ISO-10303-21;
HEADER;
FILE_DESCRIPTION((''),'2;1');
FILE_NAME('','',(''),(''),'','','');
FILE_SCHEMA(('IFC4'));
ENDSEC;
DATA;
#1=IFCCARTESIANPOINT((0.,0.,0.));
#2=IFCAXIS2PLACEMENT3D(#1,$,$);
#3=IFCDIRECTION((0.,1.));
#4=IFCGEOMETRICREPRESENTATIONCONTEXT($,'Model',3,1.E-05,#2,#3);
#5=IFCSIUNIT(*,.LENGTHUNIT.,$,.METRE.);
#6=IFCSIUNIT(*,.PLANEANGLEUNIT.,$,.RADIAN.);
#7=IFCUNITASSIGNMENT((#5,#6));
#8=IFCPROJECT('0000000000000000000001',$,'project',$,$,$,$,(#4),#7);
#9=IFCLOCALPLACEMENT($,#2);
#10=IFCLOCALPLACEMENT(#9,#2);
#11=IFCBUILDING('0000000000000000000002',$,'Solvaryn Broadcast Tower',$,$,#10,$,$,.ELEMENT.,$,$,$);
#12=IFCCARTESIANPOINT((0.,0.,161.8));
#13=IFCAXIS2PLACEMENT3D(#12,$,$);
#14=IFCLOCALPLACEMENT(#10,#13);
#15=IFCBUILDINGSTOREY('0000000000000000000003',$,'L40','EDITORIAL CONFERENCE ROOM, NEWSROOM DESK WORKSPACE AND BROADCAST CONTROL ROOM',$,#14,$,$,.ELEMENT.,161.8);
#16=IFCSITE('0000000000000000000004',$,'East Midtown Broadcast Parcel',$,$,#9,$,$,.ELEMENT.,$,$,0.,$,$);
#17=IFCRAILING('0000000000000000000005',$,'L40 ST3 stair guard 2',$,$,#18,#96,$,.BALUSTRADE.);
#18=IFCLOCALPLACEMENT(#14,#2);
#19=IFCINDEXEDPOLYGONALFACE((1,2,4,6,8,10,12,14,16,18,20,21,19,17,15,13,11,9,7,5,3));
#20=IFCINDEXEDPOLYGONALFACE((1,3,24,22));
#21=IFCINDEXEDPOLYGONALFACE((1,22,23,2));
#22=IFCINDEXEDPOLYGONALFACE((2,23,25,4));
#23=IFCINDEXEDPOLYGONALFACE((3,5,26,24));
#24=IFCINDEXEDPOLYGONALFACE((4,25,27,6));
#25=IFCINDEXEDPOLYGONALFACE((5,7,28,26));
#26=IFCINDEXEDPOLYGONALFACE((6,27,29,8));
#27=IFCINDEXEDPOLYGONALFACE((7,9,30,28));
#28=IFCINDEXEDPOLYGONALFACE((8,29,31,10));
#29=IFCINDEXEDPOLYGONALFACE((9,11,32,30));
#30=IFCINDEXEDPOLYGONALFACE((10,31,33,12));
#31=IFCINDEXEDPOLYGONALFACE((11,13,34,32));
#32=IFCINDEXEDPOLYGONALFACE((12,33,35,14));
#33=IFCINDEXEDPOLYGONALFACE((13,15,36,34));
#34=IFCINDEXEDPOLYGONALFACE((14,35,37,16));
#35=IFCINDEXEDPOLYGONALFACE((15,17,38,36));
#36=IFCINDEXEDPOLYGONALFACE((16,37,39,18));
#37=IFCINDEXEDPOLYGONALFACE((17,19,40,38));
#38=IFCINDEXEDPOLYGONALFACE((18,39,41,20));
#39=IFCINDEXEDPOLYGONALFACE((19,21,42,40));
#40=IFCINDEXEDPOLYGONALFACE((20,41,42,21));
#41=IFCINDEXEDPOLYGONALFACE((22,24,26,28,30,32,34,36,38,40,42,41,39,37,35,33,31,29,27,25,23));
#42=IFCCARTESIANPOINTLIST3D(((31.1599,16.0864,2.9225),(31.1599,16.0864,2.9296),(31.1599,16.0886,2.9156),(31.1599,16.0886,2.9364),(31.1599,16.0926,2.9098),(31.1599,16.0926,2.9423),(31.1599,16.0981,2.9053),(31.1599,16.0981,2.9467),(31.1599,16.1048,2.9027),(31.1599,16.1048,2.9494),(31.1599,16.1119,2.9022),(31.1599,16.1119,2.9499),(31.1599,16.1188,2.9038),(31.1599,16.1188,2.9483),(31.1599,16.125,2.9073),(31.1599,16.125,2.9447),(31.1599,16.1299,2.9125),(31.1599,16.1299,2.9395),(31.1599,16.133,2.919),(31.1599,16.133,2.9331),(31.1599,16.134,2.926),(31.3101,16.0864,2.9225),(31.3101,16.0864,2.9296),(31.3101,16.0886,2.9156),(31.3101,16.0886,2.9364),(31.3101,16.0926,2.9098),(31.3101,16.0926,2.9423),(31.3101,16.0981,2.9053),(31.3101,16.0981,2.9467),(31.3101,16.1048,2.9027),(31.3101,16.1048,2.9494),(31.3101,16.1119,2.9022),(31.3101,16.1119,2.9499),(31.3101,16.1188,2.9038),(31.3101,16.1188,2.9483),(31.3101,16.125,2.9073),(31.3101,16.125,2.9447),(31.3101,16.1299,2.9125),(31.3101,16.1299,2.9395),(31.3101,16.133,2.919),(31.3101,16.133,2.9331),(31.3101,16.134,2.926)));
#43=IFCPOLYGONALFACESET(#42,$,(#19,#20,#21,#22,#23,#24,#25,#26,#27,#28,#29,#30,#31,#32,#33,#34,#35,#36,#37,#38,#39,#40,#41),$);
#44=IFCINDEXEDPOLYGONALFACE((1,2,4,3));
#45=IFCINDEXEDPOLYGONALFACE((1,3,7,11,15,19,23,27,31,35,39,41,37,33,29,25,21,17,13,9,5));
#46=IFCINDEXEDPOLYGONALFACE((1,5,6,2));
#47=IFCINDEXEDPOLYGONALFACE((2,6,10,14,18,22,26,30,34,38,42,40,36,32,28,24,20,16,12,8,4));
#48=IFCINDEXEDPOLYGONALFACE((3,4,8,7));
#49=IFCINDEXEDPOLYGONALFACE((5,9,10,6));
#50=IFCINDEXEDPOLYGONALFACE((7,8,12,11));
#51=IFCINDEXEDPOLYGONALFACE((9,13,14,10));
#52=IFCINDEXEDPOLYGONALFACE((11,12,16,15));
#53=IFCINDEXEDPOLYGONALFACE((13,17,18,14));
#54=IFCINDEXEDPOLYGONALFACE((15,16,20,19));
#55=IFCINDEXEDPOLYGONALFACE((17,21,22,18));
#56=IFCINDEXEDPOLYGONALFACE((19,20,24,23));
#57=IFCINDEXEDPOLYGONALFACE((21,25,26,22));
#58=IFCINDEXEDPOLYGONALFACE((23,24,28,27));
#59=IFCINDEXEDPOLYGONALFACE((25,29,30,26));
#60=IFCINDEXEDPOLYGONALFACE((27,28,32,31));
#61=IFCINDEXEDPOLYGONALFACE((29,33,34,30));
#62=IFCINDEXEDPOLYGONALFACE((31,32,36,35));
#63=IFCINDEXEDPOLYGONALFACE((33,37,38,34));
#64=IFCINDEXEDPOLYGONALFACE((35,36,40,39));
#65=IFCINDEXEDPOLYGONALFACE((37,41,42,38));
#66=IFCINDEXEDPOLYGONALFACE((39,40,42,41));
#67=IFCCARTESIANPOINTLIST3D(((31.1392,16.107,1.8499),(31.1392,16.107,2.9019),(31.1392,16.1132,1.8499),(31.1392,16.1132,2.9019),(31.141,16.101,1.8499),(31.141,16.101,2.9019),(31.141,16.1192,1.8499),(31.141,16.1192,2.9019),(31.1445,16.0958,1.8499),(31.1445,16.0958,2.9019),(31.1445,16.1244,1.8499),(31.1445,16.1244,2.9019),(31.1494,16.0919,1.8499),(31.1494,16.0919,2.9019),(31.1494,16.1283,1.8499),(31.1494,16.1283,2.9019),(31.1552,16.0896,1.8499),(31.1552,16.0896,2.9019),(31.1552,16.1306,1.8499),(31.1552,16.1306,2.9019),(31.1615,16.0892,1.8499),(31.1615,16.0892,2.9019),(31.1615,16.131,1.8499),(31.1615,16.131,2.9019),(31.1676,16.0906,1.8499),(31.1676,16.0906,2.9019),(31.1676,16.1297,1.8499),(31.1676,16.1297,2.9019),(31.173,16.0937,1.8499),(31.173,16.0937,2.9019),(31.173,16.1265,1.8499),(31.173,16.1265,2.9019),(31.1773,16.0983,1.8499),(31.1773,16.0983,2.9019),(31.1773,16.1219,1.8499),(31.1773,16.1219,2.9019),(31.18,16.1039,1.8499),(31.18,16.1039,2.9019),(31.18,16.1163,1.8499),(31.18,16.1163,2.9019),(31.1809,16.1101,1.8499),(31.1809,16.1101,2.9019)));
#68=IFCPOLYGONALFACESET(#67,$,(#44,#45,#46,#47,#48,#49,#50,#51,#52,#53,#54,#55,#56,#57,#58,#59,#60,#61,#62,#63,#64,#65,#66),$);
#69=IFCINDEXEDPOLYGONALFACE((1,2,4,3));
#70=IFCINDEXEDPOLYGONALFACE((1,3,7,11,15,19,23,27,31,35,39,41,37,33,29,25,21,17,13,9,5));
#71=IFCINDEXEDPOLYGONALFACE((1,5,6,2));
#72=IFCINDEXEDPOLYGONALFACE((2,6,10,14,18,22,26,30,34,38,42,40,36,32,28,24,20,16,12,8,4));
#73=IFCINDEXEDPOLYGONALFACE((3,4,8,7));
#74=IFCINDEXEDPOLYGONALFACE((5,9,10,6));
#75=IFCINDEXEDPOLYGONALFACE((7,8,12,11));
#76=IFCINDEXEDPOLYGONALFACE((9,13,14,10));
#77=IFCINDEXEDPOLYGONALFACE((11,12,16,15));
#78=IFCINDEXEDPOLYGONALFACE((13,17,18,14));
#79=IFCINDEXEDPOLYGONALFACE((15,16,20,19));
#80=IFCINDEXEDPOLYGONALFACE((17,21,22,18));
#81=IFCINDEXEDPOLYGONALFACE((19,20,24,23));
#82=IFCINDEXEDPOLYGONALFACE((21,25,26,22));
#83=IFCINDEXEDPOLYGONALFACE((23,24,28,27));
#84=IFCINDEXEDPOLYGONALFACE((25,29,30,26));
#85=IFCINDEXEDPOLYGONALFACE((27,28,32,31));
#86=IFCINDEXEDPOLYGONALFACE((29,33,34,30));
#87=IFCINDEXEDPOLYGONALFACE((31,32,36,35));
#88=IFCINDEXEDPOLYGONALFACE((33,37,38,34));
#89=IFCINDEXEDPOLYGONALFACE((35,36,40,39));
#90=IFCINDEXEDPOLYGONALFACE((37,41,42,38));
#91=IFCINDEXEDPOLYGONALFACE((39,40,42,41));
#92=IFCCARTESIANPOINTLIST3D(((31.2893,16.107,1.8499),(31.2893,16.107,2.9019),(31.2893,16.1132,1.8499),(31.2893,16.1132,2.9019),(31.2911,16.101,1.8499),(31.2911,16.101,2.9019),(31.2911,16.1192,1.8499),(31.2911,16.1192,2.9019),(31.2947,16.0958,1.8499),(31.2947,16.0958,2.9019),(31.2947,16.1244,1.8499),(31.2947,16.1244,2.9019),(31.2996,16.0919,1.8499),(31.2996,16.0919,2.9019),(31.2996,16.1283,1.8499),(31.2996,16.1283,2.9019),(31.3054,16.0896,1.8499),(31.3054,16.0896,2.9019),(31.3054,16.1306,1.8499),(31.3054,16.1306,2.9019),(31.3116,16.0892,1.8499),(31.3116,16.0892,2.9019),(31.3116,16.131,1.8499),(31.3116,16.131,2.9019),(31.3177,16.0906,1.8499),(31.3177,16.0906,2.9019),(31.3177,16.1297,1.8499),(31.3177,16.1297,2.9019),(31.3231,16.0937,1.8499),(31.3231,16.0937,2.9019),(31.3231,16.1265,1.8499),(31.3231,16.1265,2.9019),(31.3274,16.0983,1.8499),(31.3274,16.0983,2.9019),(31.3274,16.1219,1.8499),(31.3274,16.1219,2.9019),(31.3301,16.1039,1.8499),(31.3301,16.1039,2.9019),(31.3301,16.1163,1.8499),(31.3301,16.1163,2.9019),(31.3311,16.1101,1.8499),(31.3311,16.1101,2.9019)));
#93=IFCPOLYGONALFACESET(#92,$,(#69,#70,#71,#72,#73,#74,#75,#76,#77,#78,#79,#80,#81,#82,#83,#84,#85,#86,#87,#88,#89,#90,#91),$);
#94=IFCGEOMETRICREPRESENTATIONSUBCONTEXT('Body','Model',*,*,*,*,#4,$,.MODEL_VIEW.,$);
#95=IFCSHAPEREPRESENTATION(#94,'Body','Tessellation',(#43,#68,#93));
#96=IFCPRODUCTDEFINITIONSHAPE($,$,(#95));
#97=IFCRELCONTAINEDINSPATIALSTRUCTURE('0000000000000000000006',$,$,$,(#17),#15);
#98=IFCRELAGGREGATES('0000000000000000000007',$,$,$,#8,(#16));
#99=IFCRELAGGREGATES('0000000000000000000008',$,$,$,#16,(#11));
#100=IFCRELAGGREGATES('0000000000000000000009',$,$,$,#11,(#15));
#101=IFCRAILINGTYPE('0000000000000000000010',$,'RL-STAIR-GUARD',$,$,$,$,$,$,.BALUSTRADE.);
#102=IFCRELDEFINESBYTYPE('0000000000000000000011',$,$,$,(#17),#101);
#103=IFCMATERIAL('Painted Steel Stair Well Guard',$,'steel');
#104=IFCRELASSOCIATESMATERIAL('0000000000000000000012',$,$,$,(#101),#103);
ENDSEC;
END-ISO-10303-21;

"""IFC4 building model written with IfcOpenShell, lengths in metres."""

from ifc_helpers import new_model, si_unit, direction, frame, origin, origin_2d, place, context, subcontext, project, spatial, circle, extrude, material, type_object, element, save


model = new_model("IFC4")

# Units and contexts
model_context = context("Model", 3, precision=1e-05, world=origin(), true_north=direction((0.0, 1.0)))
body_context = subcontext(model_context, "Body", "Model", "MODEL_VIEW")
ifc_project = project(units=[si_unit("LENGTHUNIT", "METRE"), si_unit("PLANEANGLEUNIT", "RADIAN")], contexts=[model_context])

# Site, building, storey
site_placement = place(None, origin())
site = spatial("IfcSite", under=ifc_project, at=site_placement, Name="East Midtown Broadcast Parcel", CompositionType="ELEMENT", RefElevation=0.0)
building_placement = place(site_placement, origin())
building = spatial("IfcBuilding", under=site, at=building_placement, Name="Solvaryn Broadcast Tower", CompositionType="ELEMENT")
storey_placement = place(building_placement, frame((0.0, 0.0, 161.8)))
storey = spatial("IfcBuildingStorey", under=building, at=storey_placement, Name="L40", Description="EDITORIAL CONFERENCE ROOM, NEWSROOM DESK WORKSPACE AND BROADCAST CONTROL ROOM", CompositionType="ELEMENT", Elevation=161.8)

# Railing
ifc_material_1 = material(Name="Painted Steel Stair Well Guard", Category="steel")
railing_type_1 = type_object("IfcRailingType", Name="RL-STAIR-GUARD", PredefinedType="BALUSTRADE", material=ifc_material_1)
railing_1_placement = place(storey_placement, frame((31.1599, 16.1101, 1.8499)))
element("IfcRailing", 1, at=railing_1_placement, inside=storey, type_object=railing_type_1, Name="L40 ST3 stair guard 2", PredefinedType="BALUSTRADE", context=body_context, shape_type="SweptSolid", body=[
    extrude(circle(Radius=0.0239, at=origin_2d()), frame((0.0, 0.0, 1.0762), z_axis=(1.0, 0.0, 0.0), x_axis=(0.0, 1.0, 0.0)), (0.0, 0.0, 1.0), 0.1501),
    extrude(circle(Radius=0.021, at=origin_2d()), origin(), (0.0, 0.0, 1.0), 1.052),
    extrude(circle(Radius=0.021, at=origin_2d()), frame((0.1501, 0.0, 0.0)), (0.0, 0.0, 1.0), 1.052),
])

save(model, "model.ifc")
